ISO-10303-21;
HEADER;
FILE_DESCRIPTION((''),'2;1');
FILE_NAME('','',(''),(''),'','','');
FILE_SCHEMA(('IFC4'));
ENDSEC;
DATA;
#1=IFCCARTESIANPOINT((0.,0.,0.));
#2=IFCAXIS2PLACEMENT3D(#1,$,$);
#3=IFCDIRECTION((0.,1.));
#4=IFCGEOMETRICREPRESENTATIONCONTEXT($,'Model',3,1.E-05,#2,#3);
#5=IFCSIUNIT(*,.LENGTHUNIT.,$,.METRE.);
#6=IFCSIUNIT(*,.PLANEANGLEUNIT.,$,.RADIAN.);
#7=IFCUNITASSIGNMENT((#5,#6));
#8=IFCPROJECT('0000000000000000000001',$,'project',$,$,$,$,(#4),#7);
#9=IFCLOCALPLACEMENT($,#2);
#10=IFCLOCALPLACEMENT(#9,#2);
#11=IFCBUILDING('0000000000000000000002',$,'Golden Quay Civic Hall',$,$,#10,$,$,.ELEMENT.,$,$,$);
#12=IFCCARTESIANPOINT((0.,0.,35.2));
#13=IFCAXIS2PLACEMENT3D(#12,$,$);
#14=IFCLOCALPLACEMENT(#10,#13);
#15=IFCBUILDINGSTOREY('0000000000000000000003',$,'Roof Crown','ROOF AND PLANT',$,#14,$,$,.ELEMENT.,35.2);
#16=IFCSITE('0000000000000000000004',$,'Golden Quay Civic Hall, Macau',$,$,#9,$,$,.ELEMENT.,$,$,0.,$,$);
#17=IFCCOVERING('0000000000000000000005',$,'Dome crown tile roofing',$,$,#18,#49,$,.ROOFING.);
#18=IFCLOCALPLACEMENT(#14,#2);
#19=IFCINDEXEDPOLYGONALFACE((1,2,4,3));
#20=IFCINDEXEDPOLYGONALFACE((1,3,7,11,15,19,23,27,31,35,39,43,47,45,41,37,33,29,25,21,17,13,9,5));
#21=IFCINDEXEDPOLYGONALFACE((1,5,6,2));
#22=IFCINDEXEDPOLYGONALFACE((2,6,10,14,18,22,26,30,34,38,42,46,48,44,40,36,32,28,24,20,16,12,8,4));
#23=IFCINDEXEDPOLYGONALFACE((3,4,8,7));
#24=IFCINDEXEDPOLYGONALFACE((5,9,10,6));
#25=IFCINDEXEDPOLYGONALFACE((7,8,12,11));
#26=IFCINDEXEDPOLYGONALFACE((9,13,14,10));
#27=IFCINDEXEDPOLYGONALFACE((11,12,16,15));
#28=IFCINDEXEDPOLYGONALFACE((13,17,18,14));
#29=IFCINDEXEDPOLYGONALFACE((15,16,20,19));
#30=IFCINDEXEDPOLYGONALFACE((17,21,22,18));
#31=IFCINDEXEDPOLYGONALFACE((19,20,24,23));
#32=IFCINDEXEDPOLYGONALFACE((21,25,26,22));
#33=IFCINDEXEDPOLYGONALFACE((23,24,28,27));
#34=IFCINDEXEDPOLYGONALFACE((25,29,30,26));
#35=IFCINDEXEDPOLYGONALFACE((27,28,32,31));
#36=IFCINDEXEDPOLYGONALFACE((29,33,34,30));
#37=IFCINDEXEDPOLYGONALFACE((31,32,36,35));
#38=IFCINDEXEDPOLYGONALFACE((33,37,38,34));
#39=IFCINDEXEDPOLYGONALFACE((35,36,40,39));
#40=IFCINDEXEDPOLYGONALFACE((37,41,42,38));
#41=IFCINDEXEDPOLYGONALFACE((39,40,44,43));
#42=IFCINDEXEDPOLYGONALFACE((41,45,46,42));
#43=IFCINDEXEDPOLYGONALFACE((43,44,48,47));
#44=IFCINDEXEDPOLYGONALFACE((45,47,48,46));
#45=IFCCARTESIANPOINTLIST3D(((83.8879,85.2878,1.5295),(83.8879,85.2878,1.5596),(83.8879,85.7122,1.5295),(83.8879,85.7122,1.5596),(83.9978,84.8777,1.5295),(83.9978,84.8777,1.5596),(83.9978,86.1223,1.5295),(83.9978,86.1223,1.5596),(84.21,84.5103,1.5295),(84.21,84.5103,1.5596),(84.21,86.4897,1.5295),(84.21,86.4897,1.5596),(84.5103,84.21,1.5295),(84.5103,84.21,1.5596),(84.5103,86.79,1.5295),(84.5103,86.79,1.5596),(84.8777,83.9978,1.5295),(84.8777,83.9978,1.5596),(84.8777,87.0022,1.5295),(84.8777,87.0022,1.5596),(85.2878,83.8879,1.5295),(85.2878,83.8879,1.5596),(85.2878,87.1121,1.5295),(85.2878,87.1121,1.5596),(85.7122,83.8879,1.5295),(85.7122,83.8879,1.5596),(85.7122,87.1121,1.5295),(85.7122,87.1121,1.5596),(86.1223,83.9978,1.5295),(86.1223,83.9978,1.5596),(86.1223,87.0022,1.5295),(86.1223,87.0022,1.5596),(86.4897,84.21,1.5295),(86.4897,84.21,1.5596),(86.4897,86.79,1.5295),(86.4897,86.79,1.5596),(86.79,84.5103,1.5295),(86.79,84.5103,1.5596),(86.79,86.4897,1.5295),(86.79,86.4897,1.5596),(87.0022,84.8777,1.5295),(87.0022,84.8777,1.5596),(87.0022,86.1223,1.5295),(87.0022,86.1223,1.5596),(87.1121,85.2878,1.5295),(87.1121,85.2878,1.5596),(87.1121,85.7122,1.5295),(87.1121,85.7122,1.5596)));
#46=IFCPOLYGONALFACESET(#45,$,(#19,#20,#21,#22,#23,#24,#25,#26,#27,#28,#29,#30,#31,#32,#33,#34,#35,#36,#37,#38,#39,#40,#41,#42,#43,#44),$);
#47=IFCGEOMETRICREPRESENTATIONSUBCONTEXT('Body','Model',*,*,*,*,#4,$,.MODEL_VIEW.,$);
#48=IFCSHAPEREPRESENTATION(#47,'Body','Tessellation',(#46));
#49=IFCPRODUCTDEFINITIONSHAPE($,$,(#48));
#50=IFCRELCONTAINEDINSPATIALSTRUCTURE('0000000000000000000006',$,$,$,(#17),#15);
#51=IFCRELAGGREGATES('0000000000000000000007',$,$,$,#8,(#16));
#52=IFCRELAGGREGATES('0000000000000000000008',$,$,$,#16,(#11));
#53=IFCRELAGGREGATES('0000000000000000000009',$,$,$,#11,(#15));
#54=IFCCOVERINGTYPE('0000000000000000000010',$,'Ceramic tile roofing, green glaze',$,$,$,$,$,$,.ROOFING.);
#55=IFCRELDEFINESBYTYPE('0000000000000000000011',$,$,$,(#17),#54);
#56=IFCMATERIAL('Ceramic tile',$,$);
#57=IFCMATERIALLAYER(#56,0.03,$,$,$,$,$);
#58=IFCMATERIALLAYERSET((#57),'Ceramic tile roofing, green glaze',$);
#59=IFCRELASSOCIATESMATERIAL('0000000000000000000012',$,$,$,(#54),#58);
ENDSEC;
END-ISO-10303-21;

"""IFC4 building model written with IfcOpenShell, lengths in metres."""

from ifc_helpers import new_model, si_unit, direction, frame, origin, place, context, subcontext, project, spatial, polyline, outline, extrude, material, layer, layer_set, type_object, element, save


model = new_model("IFC4")

# Units and contexts
model_context = context("Model", 3, precision=1e-05, world=origin(), true_north=direction((0.0, 1.0)))
body_context = subcontext(model_context, "Body", "Model", "MODEL_VIEW")
ifc_project = project(units=[si_unit("LENGTHUNIT", "METRE"), si_unit("PLANEANGLEUNIT", "RADIAN")], contexts=[model_context])

# Site, building, storey
site_placement = place(None, origin())
site = spatial("IfcSite", under=ifc_project, at=site_placement, Name="Golden Quay Civic Hall, Macau", CompositionType="ELEMENT", RefElevation=0.0)
building_placement = place(site_placement, origin())
building = spatial("IfcBuilding", under=site, at=building_placement, Name="Golden Quay Civic Hall", CompositionType="ELEMENT")
storey_placement = place(building_placement, frame((0.0, 0.0, 35.2)))
storey = spatial("IfcBuildingStorey", under=building, at=storey_placement, Name="Roof Crown", Description="ROOF AND PLANT", CompositionType="ELEMENT", Elevation=35.2)

# Covering
ifc_material_1 = material(Name="Ceramic tile")
ifc_layer_1 = layer(ifc_material_1, 0.03)
ifc_layer_set_1 = layer_set([ifc_layer_1], Name="Ceramic tile roofing, green glaze")
covering_type = type_object("IfcCoveringType", Name="Ceramic tile roofing, green glaze", PredefinedType="ROOFING", material=ifc_layer_set_1)
covering_1_placement = place(storey_placement, frame((0.0, 0.0, 1.5295)))
element("IfcCovering", 1, at=covering_1_placement, inside=storey, type_object=covering_type, Name="Dome crown tile roofing", PredefinedType="ROOFING", context=body_context, shape_type="SweptSolid", body=[
    extrude(outline(polyline([(87.1121, 85.7122), (87.0022, 86.1223), (86.79, 86.4897), (86.4897, 86.79), (86.1223, 87.0022), (85.7122, 87.1121), (85.2878, 87.1121), (84.8777, 87.0022), (84.5103, 86.79), (84.21, 86.4897), (83.9978, 86.1223), (83.8879, 85.7122), (83.8879, 85.2878), (83.9978, 84.8777), (84.21, 84.5103), (84.5103, 84.21), (84.8777, 83.9978), (85.2878, 83.8879), (85.7122, 83.8879), (86.1223, 83.9978), (86.4897, 84.21), (86.79, 84.5103), (87.0022, 84.8777), (87.1121, 85.2878), (87.1121, 85.7122)])), origin(), (0.0, 0.0, 1.0), 0.03),
])

save(model, "model.ifc")
